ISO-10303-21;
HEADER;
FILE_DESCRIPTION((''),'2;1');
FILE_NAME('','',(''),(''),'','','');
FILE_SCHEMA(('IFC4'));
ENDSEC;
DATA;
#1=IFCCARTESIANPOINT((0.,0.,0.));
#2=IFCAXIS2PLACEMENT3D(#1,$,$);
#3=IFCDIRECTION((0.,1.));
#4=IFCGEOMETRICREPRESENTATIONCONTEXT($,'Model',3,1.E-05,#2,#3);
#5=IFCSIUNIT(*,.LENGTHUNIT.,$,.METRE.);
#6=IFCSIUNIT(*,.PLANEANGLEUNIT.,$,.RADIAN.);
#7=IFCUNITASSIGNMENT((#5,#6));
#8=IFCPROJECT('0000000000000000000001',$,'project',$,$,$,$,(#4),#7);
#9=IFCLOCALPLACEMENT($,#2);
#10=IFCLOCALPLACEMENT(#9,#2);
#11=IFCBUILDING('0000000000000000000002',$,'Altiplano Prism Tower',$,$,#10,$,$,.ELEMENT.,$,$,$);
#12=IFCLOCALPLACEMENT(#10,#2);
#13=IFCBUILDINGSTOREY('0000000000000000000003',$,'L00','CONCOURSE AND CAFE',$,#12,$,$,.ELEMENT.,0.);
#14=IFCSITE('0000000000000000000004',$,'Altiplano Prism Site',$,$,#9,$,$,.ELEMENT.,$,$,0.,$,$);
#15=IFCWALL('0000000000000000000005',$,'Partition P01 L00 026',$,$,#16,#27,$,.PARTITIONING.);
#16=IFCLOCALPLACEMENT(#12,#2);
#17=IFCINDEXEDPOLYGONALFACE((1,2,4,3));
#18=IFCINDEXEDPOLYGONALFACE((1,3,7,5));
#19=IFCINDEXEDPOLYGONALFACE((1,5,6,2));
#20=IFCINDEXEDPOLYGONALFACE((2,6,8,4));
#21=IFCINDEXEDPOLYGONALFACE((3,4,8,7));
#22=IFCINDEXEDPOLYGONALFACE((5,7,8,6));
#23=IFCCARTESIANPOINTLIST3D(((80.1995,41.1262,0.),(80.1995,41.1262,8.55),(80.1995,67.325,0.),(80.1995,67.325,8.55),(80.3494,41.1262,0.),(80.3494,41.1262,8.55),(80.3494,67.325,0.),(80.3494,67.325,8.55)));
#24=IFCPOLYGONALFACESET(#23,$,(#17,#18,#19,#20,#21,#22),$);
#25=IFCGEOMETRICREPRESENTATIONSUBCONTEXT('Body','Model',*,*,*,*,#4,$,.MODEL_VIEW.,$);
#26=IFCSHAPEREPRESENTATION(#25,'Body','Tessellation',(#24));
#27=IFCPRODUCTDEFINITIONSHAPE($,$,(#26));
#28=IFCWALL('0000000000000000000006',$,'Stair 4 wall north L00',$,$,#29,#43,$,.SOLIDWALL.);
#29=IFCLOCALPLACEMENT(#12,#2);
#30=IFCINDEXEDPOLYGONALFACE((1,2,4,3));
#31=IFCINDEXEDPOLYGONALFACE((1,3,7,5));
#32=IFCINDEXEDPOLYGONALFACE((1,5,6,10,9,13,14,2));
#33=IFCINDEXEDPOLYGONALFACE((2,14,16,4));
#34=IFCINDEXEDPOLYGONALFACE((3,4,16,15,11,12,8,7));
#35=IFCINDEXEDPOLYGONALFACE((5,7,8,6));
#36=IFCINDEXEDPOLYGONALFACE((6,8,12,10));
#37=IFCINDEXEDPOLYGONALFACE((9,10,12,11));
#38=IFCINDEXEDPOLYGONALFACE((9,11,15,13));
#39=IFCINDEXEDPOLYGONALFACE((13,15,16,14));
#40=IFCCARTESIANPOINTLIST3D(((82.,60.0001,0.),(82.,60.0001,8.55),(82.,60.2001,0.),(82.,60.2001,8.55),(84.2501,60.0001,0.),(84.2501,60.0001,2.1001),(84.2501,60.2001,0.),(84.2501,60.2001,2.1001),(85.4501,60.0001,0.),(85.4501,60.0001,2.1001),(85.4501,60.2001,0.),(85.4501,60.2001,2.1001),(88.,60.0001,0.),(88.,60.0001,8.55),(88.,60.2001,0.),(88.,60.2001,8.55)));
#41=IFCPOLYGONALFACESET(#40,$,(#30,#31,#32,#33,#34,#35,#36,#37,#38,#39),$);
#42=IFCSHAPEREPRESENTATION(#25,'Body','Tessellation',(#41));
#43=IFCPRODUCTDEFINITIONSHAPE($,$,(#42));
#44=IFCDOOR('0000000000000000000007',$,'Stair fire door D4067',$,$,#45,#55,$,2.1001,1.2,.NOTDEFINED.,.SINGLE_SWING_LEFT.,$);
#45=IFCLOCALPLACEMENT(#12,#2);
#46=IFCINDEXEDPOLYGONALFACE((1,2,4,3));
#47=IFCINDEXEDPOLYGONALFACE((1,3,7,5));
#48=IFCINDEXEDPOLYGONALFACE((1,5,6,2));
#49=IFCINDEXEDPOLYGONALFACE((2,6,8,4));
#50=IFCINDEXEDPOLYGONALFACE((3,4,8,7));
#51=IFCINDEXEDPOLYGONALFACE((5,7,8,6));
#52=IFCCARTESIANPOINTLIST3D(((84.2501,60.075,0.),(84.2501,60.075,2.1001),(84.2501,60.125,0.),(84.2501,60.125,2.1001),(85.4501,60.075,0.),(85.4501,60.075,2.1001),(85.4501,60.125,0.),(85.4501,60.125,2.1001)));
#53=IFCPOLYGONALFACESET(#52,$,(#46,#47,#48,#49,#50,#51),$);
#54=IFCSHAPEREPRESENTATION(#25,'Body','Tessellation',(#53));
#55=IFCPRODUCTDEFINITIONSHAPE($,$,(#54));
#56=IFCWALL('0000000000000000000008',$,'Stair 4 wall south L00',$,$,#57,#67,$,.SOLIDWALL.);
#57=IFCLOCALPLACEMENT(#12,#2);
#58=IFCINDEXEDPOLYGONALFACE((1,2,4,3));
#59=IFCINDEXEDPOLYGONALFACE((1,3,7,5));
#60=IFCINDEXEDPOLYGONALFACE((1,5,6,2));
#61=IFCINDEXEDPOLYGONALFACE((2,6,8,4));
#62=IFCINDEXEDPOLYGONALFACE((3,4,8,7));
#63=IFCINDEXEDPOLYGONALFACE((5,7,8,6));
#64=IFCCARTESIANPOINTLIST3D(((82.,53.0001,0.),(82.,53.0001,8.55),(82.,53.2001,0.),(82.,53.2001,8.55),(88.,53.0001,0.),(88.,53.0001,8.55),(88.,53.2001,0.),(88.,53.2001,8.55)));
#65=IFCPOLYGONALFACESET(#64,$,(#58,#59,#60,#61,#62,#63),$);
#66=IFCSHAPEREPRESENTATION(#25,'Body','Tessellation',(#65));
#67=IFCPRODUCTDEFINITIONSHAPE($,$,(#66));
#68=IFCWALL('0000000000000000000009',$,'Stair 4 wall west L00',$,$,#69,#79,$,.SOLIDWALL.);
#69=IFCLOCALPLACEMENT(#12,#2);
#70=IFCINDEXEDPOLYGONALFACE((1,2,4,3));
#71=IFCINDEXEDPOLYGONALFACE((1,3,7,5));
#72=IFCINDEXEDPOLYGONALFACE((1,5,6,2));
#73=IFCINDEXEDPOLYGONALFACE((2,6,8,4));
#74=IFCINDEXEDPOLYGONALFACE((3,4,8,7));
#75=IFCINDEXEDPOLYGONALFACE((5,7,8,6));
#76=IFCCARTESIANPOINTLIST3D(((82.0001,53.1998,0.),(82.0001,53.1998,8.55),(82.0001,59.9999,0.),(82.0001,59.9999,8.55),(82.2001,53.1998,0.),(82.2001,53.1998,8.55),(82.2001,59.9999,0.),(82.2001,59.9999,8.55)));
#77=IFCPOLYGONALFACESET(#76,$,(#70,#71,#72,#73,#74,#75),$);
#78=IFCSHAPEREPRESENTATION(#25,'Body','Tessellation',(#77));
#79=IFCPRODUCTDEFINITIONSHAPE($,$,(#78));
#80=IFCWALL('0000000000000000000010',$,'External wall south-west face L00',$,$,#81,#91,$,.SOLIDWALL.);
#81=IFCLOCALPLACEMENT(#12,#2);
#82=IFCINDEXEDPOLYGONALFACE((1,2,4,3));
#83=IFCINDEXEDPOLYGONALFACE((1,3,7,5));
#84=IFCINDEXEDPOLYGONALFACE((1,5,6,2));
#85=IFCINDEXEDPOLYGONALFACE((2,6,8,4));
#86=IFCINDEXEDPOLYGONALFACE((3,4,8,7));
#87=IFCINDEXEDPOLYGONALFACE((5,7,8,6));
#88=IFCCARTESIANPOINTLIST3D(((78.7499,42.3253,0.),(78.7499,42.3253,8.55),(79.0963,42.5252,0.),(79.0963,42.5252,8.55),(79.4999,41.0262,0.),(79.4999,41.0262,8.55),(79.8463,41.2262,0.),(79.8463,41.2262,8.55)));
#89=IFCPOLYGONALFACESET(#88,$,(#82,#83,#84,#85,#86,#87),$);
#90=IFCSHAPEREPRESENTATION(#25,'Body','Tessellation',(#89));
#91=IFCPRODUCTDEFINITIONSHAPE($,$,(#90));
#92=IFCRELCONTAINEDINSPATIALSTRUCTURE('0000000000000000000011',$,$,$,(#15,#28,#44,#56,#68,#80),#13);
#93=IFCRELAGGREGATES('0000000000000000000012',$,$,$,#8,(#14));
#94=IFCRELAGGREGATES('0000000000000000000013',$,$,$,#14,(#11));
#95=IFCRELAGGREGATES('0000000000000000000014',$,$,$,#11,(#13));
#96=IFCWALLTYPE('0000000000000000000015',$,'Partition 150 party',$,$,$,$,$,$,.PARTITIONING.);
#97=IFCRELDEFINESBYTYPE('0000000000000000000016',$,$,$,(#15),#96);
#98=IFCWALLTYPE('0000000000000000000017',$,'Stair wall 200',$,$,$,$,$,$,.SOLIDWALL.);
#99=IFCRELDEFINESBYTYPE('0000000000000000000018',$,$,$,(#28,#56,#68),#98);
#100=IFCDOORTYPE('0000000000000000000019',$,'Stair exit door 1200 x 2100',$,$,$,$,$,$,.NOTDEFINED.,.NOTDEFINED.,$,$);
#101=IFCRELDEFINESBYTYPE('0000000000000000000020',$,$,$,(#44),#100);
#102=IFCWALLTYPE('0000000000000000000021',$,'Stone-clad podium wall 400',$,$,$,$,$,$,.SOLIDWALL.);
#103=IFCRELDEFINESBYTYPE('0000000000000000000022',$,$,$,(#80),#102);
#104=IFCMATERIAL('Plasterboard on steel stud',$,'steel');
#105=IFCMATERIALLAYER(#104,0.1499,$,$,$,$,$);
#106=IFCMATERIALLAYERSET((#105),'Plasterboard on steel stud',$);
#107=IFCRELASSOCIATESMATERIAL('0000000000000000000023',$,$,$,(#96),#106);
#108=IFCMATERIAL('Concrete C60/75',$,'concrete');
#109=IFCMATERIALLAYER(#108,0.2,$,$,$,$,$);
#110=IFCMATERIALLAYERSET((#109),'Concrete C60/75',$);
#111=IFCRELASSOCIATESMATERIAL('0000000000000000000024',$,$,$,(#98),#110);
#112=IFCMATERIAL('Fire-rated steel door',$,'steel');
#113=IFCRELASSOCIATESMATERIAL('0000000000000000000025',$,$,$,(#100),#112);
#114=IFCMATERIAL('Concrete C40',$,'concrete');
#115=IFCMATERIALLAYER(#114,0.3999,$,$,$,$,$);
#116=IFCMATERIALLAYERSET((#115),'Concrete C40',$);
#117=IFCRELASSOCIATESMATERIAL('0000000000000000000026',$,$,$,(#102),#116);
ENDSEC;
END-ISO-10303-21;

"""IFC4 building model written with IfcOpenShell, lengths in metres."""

from ifc_helpers import new_model, si_unit, direction, frame, frame_2d, origin, place, context, subcontext, project, spatial, rectangle, extrude, material, layer, layer_set, type_object, element, fill, save


model = new_model("IFC4")

# Units and contexts
model_context = context("Model", 3, precision=1e-05, world=origin(), true_north=direction((0.0, 1.0)))
body_context = subcontext(model_context, "Body", "Model", "MODEL_VIEW")
ifc_project = project(units=[si_unit("LENGTHUNIT", "METRE"), si_unit("PLANEANGLEUNIT", "RADIAN")], contexts=[model_context])

# Site, building, storey
site_placement = place(None, origin())
site = spatial("IfcSite", under=ifc_project, at=site_placement, Name="Altiplano Prism Site", CompositionType="ELEMENT", RefElevation=0.0)
building_placement = place(site_placement, origin())
building = spatial("IfcBuilding", under=site, at=building_placement, Name="Altiplano Prism Tower", CompositionType="ELEMENT")
storey_placement = place(building_placement, origin())
storey = spatial("IfcBuildingStorey", under=building, at=storey_placement, Name="L00", Description="CONCOURSE AND CAFE", CompositionType="ELEMENT", Elevation=0.0)

# Shared definitions
ifc_material_1 = material(Name="Concrete C60/75", Category="concrete")

# Wall
ifc_material_2 = material(Name="Plasterboard on steel stud", Category="steel")
ifc_layer_1 = layer(ifc_material_2, 0.1499)
ifc_layer_set_1 = layer_set([ifc_layer_1], Name="Plasterboard on steel stud")
wall_type_1 = type_object("IfcWallType", Name="Partition 150 party", PredefinedType="PARTITIONING", material=ifc_layer_set_1)
wall_1_placement = place(storey_placement, frame((80.2744, 41.1262, 0.0), z_axis=(0.0, 0.0, 1.0), x_axis=(0.0, 1.0, 0.0)))
element("IfcWall", 1, at=wall_1_placement, inside=storey, type_object=wall_type_1, Name="Partition P01 L00 026", PredefinedType="PARTITIONING", context=body_context, shape_type="SweptSolid", body=[
    extrude(rectangle(XDim=26.1987, YDim=0.1499, at=frame_2d((13.0994, 0.0))), origin(), (0.0, 0.0, 1.0), 8.55),
])

# Wall, opening, door
ifc_layer_2 = layer(ifc_material_1, 0.2)
ifc_layer_set_2 = layer_set([ifc_layer_2], Name="Concrete C60/75")
wall_type_2 = type_object("IfcWallType", Name="Stair wall 200", PredefinedType="SOLIDWALL", material=ifc_layer_set_2)
wall_2_placement = place(storey_placement, frame((82.0, 60.1001, 0.0), z_axis=(0.0, 0.0, 1.0), x_axis=(1.0, 0.0, 0.0)))
wall_2 = element("IfcWall", 2, at=wall_2_placement, inside=storey, type_object=wall_type_2, Name="Stair 4 wall north L00", PredefinedType="SOLIDWALL", context=body_context, shape_type="SweptSolid", body=[
    extrude(rectangle(XDim=6.0, YDim=0.2, at=frame_2d((3.0, 0.0))), origin(), (0.0, 0.0, 1.0), 8.55),
])
opening_placement = place(wall_2_placement, frame((2.25, 0.0, 0.0)))
opening = element("IfcOpeningElement", 3, at=opening_placement, cuts=wall_2, PredefinedType="OPENING", context=body_context, shape_type="SweptSolid", body=[
    extrude(rectangle(XDim=1.2, YDim=2.1001, at=frame_2d((0.6001, 1.05))), frame((0.0, 0.1104, 0.0), z_axis=(0.0, -1.0, 0.0), x_axis=(1.0, 0.0, 0.0)), (0.0, 0.0, 1.0), 0.2209),
])
ifc_material_3 = material(Name="Fire-rated steel door", Category="steel")
door_type = type_object("IfcDoorType", Name="Stair exit door 1200 x 2100", OperationType="NOTDEFINED", PredefinedType="NOTDEFINED", material=ifc_material_3)
door_placement = place(opening_placement, origin())
door = element("IfcDoor", 4, at=door_placement, inside=storey, type_object=door_type, Name="Stair fire door D4067", OperationType="SINGLE_SWING_LEFT", OverallHeight=2.1001, OverallWidth=1.2, PredefinedType="NOTDEFINED", context=body_context, shape_type="SweptSolid", body=[
    extrude(rectangle(XDim=1.2, YDim=2.1001, at=frame_2d((0.6001, 1.05))), frame((0.0, 0.0249, 0.0), z_axis=(0.0, -1.0, 0.0), x_axis=(1.0, 0.0, 0.0)), (0.0, 0.0, 1.0), 0.05),
])
fill(opening, door)

# Walls
wall_3_placement = place(storey_placement, frame((82.0, 53.1001, 0.0), z_axis=(0.0, 0.0, 1.0), x_axis=(1.0, 0.0, 0.0)))
element("IfcWall", 5, at=wall_3_placement, inside=storey, type_object=wall_type_2, Name="Stair 4 wall south L00", PredefinedType="SOLIDWALL", context=body_context, shape_type="SweptSolid", body=[
    extrude(rectangle(XDim=6.0, YDim=0.2, at=frame_2d((3.0, 0.0))), origin(), (0.0, 0.0, 1.0), 8.55),
])
wall_4_placement = place(storey_placement, frame((82.1001, 53.2, 0.0), z_axis=(0.0, 0.0, 1.0), x_axis=(0.0, 1.0, 0.0)))
element("IfcWall", 6, at=wall_4_placement, inside=storey, type_object=wall_type_2, Name="Stair 4 wall west L00", PredefinedType="SOLIDWALL", context=body_context, shape_type="SweptSolid", body=[
    extrude(rectangle(XDim=6.8, YDim=0.2, at=frame_2d((3.3999, 0.0))), origin(), (0.0, 0.0, 1.0), 8.55),
])
ifc_material_4 = material(Name="Concrete C40", Category="concrete")
ifc_layer_3 = layer(ifc_material_4, 0.3999)
ifc_layer_set_3 = layer_set([ifc_layer_3], Name="Concrete C40")
wall_type_3 = type_object("IfcWallType", Name="Stone-clad podium wall 400", PredefinedType="SOLIDWALL", material=ifc_layer_set_3)
wall_5_placement = place(storey_placement, frame((79.6731, 41.1262, 0.0), z_axis=(0.0, 0.0, 1.0), x_axis=(-0.49999, 0.866031, 0.0)))
element("IfcWall", 7, at=wall_5_placement, inside=storey, type_object=wall_type_3, Name="External wall south-west face L00", PredefinedType="SOLIDWALL", context=body_context, shape_type="SweptSolid", body=[
    extrude(rectangle(XDim=1.5, YDim=0.3999, at=frame_2d((0.75, 0.0))), origin(), (0.0, 0.0, 1.0), 8.55),
])

save(model, "model.ifc")
